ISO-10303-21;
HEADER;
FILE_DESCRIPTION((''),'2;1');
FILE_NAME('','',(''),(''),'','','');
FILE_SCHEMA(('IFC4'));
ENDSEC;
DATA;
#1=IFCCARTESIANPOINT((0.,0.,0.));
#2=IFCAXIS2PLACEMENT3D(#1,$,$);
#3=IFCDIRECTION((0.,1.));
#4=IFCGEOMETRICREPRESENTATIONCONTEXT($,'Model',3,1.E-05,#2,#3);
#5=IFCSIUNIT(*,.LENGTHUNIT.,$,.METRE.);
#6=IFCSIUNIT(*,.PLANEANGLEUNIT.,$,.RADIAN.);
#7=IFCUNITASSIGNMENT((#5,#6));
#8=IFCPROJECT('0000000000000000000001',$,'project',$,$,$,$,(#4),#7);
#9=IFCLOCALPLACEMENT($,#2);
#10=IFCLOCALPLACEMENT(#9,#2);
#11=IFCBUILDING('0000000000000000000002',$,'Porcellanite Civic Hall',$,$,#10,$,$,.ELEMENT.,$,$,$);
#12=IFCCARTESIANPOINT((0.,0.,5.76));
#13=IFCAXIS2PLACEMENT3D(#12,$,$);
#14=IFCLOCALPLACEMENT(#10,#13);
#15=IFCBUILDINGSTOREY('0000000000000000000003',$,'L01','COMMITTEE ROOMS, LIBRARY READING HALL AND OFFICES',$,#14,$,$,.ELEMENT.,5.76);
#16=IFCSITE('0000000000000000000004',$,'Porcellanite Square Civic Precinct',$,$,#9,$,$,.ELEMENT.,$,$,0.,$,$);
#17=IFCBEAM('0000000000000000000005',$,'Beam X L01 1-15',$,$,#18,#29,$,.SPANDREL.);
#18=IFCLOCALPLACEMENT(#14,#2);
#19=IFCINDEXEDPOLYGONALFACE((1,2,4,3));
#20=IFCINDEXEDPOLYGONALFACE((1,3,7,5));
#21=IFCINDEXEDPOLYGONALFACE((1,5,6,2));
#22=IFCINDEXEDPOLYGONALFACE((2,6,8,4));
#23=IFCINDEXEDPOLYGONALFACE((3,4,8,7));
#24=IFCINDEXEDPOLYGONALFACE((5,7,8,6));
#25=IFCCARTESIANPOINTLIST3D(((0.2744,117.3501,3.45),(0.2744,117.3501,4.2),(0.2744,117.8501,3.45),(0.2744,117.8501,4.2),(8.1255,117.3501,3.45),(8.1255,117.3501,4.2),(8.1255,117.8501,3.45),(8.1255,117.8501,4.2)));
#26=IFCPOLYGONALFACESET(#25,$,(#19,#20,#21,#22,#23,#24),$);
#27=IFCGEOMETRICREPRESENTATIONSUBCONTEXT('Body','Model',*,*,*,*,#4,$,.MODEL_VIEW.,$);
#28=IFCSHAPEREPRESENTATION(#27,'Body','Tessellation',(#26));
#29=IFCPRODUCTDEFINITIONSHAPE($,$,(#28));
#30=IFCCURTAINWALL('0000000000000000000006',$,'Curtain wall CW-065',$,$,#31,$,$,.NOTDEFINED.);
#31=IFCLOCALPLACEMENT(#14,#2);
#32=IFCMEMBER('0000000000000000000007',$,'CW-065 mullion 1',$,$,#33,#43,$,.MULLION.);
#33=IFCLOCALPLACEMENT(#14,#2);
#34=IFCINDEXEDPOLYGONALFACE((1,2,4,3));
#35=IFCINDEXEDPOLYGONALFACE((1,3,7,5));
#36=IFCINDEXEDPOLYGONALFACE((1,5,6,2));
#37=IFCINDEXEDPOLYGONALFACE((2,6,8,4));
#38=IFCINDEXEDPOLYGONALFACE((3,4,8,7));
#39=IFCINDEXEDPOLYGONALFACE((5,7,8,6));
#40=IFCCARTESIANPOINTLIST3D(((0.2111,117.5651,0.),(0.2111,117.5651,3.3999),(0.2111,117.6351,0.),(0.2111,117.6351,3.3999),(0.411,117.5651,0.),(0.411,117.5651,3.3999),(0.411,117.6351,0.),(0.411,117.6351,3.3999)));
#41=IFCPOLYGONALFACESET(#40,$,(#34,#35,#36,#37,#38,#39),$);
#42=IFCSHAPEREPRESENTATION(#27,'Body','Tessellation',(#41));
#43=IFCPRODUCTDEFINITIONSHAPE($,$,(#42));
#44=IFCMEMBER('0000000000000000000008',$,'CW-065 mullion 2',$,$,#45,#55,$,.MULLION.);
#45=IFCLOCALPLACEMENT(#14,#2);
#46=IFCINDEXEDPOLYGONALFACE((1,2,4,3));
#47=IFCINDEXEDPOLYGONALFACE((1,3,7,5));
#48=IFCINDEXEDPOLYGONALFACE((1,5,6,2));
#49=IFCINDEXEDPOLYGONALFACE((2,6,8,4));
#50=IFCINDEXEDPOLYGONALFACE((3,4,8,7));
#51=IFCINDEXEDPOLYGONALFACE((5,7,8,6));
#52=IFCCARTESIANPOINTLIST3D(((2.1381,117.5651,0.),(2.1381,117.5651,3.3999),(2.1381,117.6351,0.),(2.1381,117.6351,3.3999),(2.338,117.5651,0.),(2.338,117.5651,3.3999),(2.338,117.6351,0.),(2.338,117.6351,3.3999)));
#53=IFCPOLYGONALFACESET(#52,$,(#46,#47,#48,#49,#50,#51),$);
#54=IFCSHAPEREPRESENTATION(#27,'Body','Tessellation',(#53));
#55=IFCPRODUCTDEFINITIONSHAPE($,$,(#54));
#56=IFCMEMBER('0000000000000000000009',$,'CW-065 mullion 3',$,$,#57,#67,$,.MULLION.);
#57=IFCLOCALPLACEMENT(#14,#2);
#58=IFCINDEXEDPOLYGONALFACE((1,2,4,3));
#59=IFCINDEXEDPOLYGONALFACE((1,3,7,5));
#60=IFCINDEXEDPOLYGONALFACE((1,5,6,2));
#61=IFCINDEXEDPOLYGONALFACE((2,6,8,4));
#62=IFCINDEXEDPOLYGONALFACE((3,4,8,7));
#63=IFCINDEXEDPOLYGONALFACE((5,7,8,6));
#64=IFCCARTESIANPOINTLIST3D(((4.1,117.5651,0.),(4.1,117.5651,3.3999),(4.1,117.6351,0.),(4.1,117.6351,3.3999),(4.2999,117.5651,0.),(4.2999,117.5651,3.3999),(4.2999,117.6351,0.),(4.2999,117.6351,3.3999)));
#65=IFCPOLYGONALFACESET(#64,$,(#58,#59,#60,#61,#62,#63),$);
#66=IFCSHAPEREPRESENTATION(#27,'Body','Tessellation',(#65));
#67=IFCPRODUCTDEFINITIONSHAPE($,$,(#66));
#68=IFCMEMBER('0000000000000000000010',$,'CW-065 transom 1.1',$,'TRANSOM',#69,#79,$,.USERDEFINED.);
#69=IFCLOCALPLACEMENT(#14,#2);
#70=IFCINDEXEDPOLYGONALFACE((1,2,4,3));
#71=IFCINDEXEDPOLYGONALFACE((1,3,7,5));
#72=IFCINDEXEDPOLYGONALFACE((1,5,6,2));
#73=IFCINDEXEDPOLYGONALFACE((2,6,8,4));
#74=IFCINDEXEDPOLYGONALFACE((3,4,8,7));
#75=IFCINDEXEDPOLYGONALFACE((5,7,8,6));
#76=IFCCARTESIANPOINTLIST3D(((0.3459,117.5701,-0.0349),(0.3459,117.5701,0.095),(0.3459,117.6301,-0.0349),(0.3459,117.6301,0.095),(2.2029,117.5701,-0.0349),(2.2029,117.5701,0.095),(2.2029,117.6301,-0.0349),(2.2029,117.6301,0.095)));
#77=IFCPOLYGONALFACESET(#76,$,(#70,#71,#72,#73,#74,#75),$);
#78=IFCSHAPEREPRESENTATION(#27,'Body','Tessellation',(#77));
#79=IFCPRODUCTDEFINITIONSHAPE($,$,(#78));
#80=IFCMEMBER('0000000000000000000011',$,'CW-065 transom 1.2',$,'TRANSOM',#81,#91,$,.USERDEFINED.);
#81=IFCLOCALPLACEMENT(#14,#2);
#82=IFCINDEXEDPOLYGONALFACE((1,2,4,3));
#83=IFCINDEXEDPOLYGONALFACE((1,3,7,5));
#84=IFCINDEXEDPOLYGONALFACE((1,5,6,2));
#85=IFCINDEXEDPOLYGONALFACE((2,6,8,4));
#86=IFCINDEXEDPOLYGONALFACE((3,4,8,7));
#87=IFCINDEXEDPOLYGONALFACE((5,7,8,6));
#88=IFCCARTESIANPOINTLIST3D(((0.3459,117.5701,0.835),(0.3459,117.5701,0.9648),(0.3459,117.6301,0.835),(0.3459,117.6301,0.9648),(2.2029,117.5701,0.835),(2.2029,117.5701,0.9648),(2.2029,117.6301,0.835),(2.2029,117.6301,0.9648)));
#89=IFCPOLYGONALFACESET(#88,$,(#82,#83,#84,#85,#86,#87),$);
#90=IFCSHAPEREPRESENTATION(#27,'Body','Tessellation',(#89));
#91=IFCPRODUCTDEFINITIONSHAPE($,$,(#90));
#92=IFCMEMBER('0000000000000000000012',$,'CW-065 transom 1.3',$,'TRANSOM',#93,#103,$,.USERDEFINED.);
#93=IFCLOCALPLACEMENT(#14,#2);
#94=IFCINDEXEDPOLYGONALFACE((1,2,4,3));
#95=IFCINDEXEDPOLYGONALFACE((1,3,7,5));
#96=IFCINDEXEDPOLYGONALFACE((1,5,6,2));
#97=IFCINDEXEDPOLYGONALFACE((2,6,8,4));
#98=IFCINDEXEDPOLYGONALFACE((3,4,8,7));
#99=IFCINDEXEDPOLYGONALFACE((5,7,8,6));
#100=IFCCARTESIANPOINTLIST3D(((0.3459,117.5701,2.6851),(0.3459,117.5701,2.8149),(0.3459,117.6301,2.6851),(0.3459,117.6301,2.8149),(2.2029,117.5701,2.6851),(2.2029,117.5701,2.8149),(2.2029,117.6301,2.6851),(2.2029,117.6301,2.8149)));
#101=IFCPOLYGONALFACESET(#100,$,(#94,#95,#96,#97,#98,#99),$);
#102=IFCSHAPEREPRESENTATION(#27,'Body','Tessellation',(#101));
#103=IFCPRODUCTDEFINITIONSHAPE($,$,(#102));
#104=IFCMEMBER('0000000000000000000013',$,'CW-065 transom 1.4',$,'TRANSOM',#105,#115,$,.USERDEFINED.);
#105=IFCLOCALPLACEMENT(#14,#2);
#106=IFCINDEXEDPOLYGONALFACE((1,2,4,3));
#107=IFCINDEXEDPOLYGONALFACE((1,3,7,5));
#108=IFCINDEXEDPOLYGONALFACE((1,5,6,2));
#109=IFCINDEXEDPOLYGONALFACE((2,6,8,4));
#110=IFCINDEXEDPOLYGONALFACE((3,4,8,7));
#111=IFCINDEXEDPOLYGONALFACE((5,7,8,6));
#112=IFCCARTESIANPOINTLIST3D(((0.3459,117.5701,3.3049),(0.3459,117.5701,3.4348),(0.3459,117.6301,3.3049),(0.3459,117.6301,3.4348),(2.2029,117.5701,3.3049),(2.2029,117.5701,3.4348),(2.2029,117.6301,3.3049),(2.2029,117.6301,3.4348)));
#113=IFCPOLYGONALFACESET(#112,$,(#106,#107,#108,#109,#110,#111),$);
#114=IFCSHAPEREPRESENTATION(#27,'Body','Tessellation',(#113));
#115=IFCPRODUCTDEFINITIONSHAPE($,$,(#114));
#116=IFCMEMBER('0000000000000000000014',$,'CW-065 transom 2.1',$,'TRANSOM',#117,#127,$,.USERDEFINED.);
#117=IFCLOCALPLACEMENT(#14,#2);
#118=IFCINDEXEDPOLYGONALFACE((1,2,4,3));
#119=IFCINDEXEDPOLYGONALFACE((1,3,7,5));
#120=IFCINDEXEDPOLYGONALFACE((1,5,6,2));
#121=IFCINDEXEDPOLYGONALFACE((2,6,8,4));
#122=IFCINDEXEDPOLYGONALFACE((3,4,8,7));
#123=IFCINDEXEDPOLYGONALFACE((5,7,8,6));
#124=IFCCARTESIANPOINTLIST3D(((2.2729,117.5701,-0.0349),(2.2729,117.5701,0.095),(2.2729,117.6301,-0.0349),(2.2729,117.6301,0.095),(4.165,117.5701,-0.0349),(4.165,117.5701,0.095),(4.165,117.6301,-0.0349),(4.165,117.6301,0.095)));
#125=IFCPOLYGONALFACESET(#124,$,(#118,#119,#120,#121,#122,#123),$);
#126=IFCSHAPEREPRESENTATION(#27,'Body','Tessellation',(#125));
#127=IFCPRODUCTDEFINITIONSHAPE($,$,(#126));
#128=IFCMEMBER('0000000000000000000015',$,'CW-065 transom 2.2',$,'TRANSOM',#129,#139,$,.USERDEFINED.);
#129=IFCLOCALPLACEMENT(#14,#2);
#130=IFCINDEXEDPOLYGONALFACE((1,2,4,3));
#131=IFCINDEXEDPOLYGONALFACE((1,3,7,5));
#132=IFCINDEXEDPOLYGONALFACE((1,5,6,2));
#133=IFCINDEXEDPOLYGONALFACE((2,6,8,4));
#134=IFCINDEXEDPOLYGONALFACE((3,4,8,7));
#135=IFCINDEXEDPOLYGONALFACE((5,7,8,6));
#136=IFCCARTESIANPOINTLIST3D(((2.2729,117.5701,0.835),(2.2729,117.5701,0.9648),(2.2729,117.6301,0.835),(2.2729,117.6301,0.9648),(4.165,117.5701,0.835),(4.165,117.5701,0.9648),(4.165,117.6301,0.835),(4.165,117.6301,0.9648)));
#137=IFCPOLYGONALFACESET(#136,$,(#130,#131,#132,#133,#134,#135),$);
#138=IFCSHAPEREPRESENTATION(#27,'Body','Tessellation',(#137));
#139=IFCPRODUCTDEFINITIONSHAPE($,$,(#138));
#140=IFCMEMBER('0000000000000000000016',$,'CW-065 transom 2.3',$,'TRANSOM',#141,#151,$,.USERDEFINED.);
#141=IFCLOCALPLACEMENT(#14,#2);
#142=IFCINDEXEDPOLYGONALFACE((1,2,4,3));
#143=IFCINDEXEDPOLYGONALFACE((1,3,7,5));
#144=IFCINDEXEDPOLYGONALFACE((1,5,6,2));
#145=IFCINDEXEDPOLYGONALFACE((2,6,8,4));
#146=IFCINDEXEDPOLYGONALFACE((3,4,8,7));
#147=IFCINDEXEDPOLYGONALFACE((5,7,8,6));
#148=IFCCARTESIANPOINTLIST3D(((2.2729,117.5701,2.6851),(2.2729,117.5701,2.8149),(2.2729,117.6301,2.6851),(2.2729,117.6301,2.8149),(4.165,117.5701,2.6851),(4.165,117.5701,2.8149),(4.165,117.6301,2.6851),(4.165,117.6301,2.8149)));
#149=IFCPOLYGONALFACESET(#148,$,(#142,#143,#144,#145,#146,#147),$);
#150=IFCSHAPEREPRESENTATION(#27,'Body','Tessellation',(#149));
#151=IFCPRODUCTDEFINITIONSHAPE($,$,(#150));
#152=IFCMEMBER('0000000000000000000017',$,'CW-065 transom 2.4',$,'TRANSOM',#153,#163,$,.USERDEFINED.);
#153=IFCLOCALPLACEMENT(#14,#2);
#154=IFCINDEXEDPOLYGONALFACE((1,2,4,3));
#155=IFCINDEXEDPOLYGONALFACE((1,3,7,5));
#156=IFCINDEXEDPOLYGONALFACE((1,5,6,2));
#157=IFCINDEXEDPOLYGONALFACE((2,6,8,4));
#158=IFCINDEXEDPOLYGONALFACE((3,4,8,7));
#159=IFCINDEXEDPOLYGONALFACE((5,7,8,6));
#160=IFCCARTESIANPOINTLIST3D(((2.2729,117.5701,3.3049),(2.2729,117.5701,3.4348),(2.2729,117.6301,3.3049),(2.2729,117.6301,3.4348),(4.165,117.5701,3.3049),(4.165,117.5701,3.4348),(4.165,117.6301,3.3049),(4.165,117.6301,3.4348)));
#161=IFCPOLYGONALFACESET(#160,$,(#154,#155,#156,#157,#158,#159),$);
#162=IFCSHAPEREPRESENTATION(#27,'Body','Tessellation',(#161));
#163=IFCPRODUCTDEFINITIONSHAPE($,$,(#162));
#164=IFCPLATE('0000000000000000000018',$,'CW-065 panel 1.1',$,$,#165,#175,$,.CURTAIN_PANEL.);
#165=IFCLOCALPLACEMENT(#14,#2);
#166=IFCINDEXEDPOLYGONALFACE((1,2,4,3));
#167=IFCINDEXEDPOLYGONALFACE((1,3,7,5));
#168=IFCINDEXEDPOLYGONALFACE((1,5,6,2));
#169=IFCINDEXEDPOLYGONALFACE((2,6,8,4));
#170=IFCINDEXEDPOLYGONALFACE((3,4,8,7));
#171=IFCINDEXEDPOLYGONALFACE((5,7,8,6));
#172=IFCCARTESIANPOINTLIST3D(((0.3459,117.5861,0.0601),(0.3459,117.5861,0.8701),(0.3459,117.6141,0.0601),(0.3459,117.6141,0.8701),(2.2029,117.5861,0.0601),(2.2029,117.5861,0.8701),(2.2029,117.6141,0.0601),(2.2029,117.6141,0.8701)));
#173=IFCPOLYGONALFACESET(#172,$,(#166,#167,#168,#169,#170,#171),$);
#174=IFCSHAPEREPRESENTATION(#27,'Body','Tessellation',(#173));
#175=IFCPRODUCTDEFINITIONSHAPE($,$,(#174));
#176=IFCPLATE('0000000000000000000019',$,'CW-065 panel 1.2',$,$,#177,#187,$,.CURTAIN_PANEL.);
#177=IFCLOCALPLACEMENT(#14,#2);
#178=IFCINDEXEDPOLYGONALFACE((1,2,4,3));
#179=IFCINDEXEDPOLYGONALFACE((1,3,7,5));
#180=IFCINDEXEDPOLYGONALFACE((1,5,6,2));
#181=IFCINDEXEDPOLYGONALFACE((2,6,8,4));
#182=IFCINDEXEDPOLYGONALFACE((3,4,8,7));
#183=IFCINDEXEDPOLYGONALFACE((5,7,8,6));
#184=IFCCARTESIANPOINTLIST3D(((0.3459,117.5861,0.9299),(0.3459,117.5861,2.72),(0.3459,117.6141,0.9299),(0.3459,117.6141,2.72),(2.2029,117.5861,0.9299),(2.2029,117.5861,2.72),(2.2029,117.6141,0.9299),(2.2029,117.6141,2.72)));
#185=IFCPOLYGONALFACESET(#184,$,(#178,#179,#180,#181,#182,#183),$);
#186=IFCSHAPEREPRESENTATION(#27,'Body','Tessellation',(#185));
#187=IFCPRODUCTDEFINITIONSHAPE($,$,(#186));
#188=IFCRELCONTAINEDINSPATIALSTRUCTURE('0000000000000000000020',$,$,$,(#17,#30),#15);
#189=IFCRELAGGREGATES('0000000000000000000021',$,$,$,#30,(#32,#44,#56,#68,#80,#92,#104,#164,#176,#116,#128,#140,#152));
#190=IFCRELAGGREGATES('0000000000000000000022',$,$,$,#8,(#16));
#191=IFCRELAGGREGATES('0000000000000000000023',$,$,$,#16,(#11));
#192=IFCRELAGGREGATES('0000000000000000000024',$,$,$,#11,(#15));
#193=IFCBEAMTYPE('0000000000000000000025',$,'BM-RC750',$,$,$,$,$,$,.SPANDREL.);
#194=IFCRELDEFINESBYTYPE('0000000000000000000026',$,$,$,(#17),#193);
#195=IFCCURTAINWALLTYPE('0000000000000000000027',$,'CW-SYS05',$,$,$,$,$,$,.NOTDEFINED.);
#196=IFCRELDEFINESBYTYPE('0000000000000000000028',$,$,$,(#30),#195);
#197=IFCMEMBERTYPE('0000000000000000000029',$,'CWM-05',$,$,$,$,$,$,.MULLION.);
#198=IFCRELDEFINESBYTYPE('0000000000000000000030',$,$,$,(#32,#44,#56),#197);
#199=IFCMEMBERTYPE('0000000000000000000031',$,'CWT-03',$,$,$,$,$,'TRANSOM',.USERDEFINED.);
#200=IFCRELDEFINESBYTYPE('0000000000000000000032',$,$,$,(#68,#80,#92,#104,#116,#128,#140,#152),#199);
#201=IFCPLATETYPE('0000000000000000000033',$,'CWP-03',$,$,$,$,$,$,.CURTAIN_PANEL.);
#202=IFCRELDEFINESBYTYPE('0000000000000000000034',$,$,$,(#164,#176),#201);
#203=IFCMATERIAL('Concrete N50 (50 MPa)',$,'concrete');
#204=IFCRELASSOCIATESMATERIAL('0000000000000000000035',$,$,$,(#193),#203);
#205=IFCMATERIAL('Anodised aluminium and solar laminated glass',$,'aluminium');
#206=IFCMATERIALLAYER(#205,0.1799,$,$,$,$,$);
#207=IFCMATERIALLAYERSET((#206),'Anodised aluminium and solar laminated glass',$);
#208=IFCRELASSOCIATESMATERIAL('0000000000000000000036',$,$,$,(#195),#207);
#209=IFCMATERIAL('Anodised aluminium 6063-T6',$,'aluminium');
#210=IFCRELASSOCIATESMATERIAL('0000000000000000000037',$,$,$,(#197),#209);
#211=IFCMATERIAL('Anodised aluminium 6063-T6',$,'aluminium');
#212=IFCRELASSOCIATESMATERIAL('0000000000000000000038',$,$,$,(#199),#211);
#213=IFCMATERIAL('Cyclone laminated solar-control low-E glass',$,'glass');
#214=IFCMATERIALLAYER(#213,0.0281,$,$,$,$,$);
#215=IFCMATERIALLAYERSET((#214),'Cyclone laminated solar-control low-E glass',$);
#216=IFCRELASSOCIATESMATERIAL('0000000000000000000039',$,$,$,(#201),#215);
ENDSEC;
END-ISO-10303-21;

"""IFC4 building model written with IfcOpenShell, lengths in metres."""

from ifc_helpers import new_model, si_unit, direction, frame, origin, origin_2d, place, context, subcontext, project, spatial, rectangle, extrude, material, layer, layer_set, material_profile, profile_set, type_object, element, aggregate, save


model = new_model("IFC4")

# Units and contexts
model_context = context("Model", 3, precision=1e-05, world=origin(), true_north=direction((0.0, 1.0)))
body_context = subcontext(model_context, "Body", "Model", "MODEL_VIEW")
ifc_project = project(units=[si_unit("LENGTHUNIT", "METRE"), si_unit("PLANEANGLEUNIT", "RADIAN")], contexts=[model_context])

# Site, building, storey
site_placement = place(None, origin())
site = spatial("IfcSite", under=ifc_project, at=site_placement, Name="Porcellanite Square Civic Precinct", CompositionType="ELEMENT", RefElevation=0.0)
building_placement = place(site_placement, origin())
building = spatial("IfcBuilding", under=site, at=building_placement, Name="Porcellanite Civic Hall", CompositionType="ELEMENT")
storey_placement = place(building_placement, frame((0.0, 0.0, 5.76)))
storey = spatial("IfcBuildingStorey", under=building, at=storey_placement, Name="L01", Description="COMMITTEE ROOMS, LIBRARY READING HALL AND OFFICES", CompositionType="ELEMENT", Elevation=5.76)

# Beam
ifc_material_1 = material(Name="Concrete N50 (50 MPa)", Category="concrete")
ifc_material_profile_1 = material_profile(ifc_material_1, rectangle(XDim=0.5, YDim=0.75, at=origin_2d()), Name="RC-500x750")
ifc_profile_set_1 = profile_set([ifc_material_profile_1], Name="Concrete N50 (50 MPa)")
beam_type = type_object("IfcBeamType", Name="BM-RC750", PredefinedType="SPANDREL", material=ifc_profile_set_1)
beam_placement = place(storey_placement, frame((0.2744, 117.6001, 3.825), z_axis=(1.0, 0.0, 0.0), x_axis=(0.0, 1.0, 0.0)))
element("IfcBeam", 1, at=beam_placement, inside=storey, type_object=beam_type, Name="Beam X L01 1-15", PredefinedType="SPANDREL", context=body_context, shape_type="SweptSolid", body=[
    extrude(rectangle(XDim=0.5, YDim=0.75, at=origin_2d()), origin(), (0.0, 0.0, 1.0), 7.8511),
])

# Curtain wall, members, plates
ifc_material_2 = material(Name="Anodised aluminium and solar laminated glass", Category="aluminium")
ifc_layer_1 = layer(ifc_material_2, 0.1799)
ifc_layer_set_1 = layer_set([ifc_layer_1], Name="Anodised aluminium and solar laminated glass")
curtain_wall_type = type_object("IfcCurtainWallType", Name="CW-SYS05", PredefinedType="NOTDEFINED", material=ifc_layer_set_1)
curtain_wall_placement = place(storey_placement, origin())
curtain_wall = element("IfcCurtainWall", 2, at=curtain_wall_placement, inside=storey, type_object=curtain_wall_type, Name="Curtain wall CW-065", PredefinedType="NOTDEFINED")
ifc_material_3 = material(Name="Anodised aluminium 6063-T6", Category="aluminium")
ifc_material_profile_2 = material_profile(ifc_material_3, rectangle(XDim=0.0701, YDim=0.2, at=origin_2d()), Name="AL-70x200")
ifc_profile_set_2 = profile_set([ifc_material_profile_2], Name="Anodised aluminium 6063-T6")
member_type_1 = type_object("IfcMemberType", Name="CWM-05", PredefinedType="MULLION", material=ifc_profile_set_2)
member_1_placement = place(storey_placement, frame((0.311, 117.6001, 0.0), z_axis=(0.0, 0.0, 1.0), x_axis=(0.0, 1.0, 0.0)))
member_1 = element("IfcMember", 3, at=member_1_placement, type_object=member_type_1, Name="CW-065 mullion 1", PredefinedType="MULLION", context=body_context, shape_type="SweptSolid", body=[
    extrude(rectangle(XDim=0.0701, YDim=0.2, at=origin_2d()), origin(), (0.0, 0.0, 1.0), 3.3999),
])
member_2_placement = place(storey_placement, frame((2.238, 117.6001, 0.0), z_axis=(0.0, 0.0, 1.0), x_axis=(0.0, 1.0, 0.0)))
member_2 = element("IfcMember", 4, at=member_2_placement, type_object=member_type_1, Name="CW-065 mullion 2", PredefinedType="MULLION", context=body_context, shape_type="SweptSolid", body=[
    extrude(rectangle(XDim=0.0701, YDim=0.2, at=origin_2d()), origin(), (0.0, 0.0, 1.0), 3.3999),
])
member_3_placement = place(storey_placement, frame((4.2, 117.6001, 0.0), z_axis=(0.0, 0.0, 1.0), x_axis=(0.0, 1.0, 0.0)))
member_3 = element("IfcMember", 5, at=member_3_placement, type_object=member_type_1, Name="CW-065 mullion 3", PredefinedType="MULLION", context=body_context, shape_type="SweptSolid", body=[
    extrude(rectangle(XDim=0.0701, YDim=0.2, at=origin_2d()), origin(), (0.0, 0.0, 1.0), 3.3999),
])
ifc_material_4 = material(Name="Anodised aluminium 6063-T6", Category="aluminium")
ifc_material_profile_3 = material_profile(ifc_material_4, rectangle(XDim=0.0601, YDim=0.1299, at=origin_2d()), Name="AL-60x130")
ifc_profile_set_3 = profile_set([ifc_material_profile_3], Name="Anodised aluminium 6063-T6")
member_type_2 = type_object("IfcMemberType", Name="CWT-03", ElementType="TRANSOM", PredefinedType="USERDEFINED", material=ifc_profile_set_3)
member_4_placement = place(storey_placement, frame((0.3459, 117.6001, 0.03), z_axis=(1.0, 0.0, 0.0), x_axis=(0.0, 1.0, 0.0)))
member_4 = element("IfcMember", 6, at=member_4_placement, type_object=member_type_2, Name="CW-065 transom 1.1", ObjectType="TRANSOM", PredefinedType="USERDEFINED", context=body_context, shape_type="SweptSolid", body=[
    extrude(rectangle(XDim=0.0601, YDim=0.1299, at=origin_2d()), origin(), (0.0, 0.0, 1.0), 1.8569),
])
member_5_placement = place(storey_placement, frame((0.3459, 117.6001, 0.8999), z_axis=(1.0, 0.0, 0.0), x_axis=(0.0, 1.0, 0.0)))
member_5 = element("IfcMember", 7, at=member_5_placement, type_object=member_type_2, Name="CW-065 transom 1.2", ObjectType="TRANSOM", PredefinedType="USERDEFINED", context=body_context, shape_type="SweptSolid", body=[
    extrude(rectangle(XDim=0.0601, YDim=0.1299, at=origin_2d()), origin(), (0.0, 0.0, 1.0), 1.8569),
])
member_6_placement = place(storey_placement, frame((0.3459, 117.6001, 2.75), z_axis=(1.0, 0.0, 0.0), x_axis=(0.0, 1.0, 0.0)))
member_6 = element("IfcMember", 8, at=member_6_placement, type_object=member_type_2, Name="CW-065 transom 1.3", ObjectType="TRANSOM", PredefinedType="USERDEFINED", context=body_context, shape_type="SweptSolid", body=[
    extrude(rectangle(XDim=0.0601, YDim=0.1299, at=origin_2d()), origin(), (0.0, 0.0, 1.0), 1.8569),
])
member_7_placement = place(storey_placement, frame((0.3459, 117.6001, 3.3699), z_axis=(1.0, 0.0, 0.0), x_axis=(0.0, 1.0, 0.0)))
member_7 = element("IfcMember", 9, at=member_7_placement, type_object=member_type_2, Name="CW-065 transom 1.4", ObjectType="TRANSOM", PredefinedType="USERDEFINED", context=body_context, shape_type="SweptSolid", body=[
    extrude(rectangle(XDim=0.0601, YDim=0.1299, at=origin_2d()), origin(), (0.0, 0.0, 1.0), 1.8569),
])
member_8_placement = place(storey_placement, frame((2.2729, 117.6001, 0.03), z_axis=(1.0, 0.0, 0.0), x_axis=(0.0, 1.0, 0.0)))
member_8 = element("IfcMember", 10, at=member_8_placement, type_object=member_type_2, Name="CW-065 transom 2.1", ObjectType="TRANSOM", PredefinedType="USERDEFINED", context=body_context, shape_type="SweptSolid", body=[
    extrude(rectangle(XDim=0.0601, YDim=0.1299, at=origin_2d()), origin(), (0.0, 0.0, 1.0), 1.8921),
])
member_9_placement = place(storey_placement, frame((2.2729, 117.6001, 0.8999), z_axis=(1.0, 0.0, 0.0), x_axis=(0.0, 1.0, 0.0)))
member_9 = element("IfcMember", 11, at=member_9_placement, type_object=member_type_2, Name="CW-065 transom 2.2", ObjectType="TRANSOM", PredefinedType="USERDEFINED", context=body_context, shape_type="SweptSolid", body=[
    extrude(rectangle(XDim=0.0601, YDim=0.1299, at=origin_2d()), origin(), (0.0, 0.0, 1.0), 1.8921),
])
member_10_placement = place(storey_placement, frame((2.2729, 117.6001, 2.75), z_axis=(1.0, 0.0, 0.0), x_axis=(0.0, 1.0, 0.0)))
member_10 = element("IfcMember", 12, at=member_10_placement, type_object=member_type_2, Name="CW-065 transom 2.3", ObjectType="TRANSOM", PredefinedType="USERDEFINED", context=body_context, shape_type="SweptSolid", body=[
    extrude(rectangle(XDim=0.0601, YDim=0.1299, at=origin_2d()), origin(), (0.0, 0.0, 1.0), 1.8921),
])
member_11_placement = place(storey_placement, frame((2.2729, 117.6001, 3.3699), z_axis=(1.0, 0.0, 0.0), x_axis=(0.0, 1.0, 0.0)))
member_11 = element("IfcMember", 13, at=member_11_placement, type_object=member_type_2, Name="CW-065 transom 2.4", ObjectType="TRANSOM", PredefinedType="USERDEFINED", context=body_context, shape_type="SweptSolid", body=[
    extrude(rectangle(XDim=0.0601, YDim=0.1299, at=origin_2d()), origin(), (0.0, 0.0, 1.0), 1.8921),
])
ifc_material_5 = material(Name="Cyclone laminated solar-control low-E glass", Category="glass")
ifc_layer_2 = layer(ifc_material_5, 0.0281)
ifc_layer_set_2 = layer_set([ifc_layer_2], Name="Cyclone laminated solar-control low-E glass")
plate_type = type_object("IfcPlateType", Name="CWP-03", PredefinedType="CURTAIN_PANEL", material=ifc_layer_set_2)
plate_1_placement = place(storey_placement, frame((1.2744, 117.6001, 0.0601), z_axis=(0.0, 0.0, 1.0), x_axis=(1.0, 0.0, 0.0)))
plate_1 = element("IfcPlate", 14, at=plate_1_placement, type_object=plate_type, Name="CW-065 panel 1.1", PredefinedType="CURTAIN_PANEL", context=body_context, shape_type="SweptSolid", body=[
    extrude(rectangle(XDim=1.8569, YDim=0.0281, at=origin_2d()), origin(), (0.0, 0.0, 1.0), 0.8101),
])
plate_2_placement = place(storey_placement, frame((1.2744, 117.6001, 0.9299), z_axis=(0.0, 0.0, 1.0), x_axis=(1.0, 0.0, 0.0)))
plate_2 = element("IfcPlate", 15, at=plate_2_placement, type_object=plate_type, Name="CW-065 panel 1.2", PredefinedType="CURTAIN_PANEL", context=body_context, shape_type="SweptSolid", body=[
    extrude(rectangle(XDim=1.8569, YDim=0.0281, at=origin_2d()), origin(), (0.0, 0.0, 1.0), 1.79),
])
aggregate(curtain_wall, [member_1, member_2, member_3, member_4, member_5, member_6, member_7, plate_1, plate_2, member_8, member_9, member_10, member_11])

save(model, "model.ifc")
